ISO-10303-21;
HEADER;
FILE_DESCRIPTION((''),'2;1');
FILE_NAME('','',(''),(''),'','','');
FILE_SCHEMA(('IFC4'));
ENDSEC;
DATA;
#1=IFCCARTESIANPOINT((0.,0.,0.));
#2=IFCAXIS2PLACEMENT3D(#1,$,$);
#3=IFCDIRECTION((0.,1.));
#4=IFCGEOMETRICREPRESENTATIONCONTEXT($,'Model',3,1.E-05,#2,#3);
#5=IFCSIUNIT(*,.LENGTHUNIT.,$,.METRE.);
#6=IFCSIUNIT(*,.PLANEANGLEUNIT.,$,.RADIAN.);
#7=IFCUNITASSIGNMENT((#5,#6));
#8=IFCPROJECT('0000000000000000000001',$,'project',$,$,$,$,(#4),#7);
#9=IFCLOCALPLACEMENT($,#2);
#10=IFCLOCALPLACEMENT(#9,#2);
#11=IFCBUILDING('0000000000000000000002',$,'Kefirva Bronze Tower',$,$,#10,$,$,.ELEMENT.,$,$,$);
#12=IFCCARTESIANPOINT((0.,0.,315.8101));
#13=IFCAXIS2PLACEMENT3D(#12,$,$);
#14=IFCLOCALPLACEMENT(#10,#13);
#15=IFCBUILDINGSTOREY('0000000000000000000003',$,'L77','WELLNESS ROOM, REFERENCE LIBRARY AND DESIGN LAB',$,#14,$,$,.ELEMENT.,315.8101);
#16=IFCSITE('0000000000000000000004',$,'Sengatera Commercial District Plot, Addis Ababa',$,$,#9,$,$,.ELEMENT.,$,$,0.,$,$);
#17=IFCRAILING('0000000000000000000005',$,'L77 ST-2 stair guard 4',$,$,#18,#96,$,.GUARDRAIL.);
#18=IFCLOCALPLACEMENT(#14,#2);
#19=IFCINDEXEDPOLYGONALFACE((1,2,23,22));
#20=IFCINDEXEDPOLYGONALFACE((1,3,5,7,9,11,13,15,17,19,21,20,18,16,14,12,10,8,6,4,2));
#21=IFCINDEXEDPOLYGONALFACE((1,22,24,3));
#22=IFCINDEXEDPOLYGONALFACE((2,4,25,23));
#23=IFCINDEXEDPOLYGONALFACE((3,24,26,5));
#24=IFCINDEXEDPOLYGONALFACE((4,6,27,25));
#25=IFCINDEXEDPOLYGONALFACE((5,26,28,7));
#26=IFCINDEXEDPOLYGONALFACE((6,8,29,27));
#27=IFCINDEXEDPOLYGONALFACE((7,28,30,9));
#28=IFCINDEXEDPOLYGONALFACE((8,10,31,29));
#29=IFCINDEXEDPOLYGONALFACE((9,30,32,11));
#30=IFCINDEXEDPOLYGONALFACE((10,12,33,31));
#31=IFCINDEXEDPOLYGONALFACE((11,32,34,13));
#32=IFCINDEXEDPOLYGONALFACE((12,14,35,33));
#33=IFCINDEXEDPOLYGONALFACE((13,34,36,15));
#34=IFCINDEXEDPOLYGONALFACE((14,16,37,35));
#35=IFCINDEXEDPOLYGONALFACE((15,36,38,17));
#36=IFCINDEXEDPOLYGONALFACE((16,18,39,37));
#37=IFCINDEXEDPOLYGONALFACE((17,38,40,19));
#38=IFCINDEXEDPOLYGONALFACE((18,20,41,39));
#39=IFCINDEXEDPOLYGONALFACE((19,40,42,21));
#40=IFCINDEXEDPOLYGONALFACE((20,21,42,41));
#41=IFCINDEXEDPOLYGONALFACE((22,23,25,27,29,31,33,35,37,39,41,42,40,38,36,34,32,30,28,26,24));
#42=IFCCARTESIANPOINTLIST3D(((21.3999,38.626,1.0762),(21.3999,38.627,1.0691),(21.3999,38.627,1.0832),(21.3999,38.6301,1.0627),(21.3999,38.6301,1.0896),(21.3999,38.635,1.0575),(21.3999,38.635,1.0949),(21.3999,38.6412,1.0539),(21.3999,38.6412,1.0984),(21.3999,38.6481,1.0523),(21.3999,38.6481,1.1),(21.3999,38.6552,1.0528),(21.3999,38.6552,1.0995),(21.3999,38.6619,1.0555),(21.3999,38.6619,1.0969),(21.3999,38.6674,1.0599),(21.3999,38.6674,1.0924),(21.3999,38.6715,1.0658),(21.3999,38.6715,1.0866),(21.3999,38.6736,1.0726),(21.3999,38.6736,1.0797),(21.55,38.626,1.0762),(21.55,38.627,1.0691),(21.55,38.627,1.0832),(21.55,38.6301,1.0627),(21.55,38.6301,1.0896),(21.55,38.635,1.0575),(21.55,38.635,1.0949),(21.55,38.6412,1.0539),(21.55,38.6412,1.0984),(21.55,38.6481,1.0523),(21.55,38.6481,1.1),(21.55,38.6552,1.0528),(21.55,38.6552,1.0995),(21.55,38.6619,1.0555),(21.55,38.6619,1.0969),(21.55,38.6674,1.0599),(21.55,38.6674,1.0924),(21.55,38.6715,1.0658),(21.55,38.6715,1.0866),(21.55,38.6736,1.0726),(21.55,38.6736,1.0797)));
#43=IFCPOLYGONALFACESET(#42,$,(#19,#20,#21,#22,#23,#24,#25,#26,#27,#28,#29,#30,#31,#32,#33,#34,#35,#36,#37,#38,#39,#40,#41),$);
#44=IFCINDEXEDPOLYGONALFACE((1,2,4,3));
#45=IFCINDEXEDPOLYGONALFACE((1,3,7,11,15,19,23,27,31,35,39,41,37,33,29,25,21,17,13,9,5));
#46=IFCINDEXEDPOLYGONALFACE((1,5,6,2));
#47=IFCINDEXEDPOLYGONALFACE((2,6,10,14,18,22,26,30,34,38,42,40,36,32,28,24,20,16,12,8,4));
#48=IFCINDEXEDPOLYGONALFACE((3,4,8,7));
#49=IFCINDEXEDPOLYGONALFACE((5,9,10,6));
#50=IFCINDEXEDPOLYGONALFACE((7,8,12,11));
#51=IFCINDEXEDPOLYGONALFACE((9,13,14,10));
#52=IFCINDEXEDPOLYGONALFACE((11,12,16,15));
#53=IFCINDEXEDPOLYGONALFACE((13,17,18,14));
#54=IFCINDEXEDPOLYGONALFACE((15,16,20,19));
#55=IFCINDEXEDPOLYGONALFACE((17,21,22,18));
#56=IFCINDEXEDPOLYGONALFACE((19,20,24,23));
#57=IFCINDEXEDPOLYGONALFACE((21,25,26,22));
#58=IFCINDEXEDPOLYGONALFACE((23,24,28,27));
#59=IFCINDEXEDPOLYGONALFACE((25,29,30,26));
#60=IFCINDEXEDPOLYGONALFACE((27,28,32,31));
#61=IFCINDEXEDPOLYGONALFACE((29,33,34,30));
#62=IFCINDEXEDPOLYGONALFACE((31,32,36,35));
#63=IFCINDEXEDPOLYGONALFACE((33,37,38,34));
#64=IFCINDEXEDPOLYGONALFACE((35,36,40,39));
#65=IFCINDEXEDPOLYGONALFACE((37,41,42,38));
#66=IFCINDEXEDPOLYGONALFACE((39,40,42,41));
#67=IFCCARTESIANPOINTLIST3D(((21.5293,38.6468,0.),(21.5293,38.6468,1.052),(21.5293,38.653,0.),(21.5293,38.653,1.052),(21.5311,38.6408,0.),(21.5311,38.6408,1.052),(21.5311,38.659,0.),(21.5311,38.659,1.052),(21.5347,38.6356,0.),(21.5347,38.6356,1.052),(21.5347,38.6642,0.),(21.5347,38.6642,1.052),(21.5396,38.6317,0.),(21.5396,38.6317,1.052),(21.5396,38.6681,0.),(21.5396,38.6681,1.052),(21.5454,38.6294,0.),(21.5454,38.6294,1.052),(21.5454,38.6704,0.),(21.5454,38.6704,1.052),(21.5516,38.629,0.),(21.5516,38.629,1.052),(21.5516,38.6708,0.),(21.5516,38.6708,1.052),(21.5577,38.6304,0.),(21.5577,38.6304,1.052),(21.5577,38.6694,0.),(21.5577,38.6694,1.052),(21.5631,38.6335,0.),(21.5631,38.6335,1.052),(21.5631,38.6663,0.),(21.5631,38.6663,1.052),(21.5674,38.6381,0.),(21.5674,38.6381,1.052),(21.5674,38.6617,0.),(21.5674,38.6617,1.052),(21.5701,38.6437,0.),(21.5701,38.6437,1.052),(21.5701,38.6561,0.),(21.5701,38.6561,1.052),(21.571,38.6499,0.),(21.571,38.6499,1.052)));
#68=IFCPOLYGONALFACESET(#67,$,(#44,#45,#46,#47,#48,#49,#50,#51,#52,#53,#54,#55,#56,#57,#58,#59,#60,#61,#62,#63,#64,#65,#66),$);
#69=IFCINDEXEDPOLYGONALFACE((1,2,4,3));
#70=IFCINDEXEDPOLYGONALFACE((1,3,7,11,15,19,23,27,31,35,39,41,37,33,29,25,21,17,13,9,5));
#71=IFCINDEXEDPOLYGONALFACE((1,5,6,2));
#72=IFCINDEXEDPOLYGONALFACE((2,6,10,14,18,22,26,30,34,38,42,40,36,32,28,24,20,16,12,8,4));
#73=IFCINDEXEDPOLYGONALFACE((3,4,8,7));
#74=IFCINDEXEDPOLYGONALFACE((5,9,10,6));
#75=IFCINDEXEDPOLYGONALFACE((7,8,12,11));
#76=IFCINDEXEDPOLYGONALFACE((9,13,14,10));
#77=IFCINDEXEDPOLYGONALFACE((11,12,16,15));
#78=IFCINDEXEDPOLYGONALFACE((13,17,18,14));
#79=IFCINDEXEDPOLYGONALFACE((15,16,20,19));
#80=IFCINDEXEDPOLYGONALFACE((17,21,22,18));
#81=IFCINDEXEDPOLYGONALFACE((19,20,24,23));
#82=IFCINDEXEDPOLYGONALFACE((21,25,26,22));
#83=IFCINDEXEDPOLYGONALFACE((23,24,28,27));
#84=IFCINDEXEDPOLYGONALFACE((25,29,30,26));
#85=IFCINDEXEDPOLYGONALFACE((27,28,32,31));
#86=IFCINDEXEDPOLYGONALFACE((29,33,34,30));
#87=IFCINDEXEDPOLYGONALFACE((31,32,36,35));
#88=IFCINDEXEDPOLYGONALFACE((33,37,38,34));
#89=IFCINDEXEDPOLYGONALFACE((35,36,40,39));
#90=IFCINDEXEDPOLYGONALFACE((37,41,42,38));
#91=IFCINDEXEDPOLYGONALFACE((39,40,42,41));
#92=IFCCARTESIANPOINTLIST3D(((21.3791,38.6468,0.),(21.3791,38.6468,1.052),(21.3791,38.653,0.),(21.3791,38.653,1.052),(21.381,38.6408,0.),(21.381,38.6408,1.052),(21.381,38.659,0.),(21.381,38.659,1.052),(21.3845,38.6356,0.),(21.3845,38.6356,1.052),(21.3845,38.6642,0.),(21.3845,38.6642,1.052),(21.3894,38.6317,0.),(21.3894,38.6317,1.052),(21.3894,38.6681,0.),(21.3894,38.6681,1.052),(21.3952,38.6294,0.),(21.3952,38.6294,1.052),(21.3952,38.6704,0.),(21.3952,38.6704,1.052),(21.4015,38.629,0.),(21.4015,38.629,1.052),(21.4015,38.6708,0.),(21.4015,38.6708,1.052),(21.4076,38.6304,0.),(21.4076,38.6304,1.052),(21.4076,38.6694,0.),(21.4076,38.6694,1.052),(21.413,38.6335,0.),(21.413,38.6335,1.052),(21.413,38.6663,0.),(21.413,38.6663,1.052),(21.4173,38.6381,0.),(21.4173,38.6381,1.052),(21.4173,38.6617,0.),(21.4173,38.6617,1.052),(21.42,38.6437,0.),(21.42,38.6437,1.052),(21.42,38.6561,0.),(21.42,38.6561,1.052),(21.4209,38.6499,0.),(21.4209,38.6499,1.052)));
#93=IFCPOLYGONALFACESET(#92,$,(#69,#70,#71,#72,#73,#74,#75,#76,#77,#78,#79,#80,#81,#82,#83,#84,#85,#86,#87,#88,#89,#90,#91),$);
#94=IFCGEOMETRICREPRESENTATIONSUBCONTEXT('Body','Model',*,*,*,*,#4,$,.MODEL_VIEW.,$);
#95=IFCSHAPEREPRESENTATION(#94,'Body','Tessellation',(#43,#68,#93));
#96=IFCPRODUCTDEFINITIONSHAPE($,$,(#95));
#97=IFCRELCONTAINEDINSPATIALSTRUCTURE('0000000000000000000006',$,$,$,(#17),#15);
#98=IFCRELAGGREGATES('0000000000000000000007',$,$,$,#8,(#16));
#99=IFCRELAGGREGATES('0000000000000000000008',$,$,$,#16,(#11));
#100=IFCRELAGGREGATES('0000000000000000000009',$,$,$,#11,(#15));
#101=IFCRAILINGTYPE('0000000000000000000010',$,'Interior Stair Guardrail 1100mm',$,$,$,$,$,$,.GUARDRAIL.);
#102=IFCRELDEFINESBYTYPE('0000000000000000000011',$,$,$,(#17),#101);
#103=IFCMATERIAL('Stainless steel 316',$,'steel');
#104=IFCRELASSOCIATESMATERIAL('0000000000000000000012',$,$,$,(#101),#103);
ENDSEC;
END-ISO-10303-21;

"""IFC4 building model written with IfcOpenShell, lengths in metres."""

from ifc_helpers import new_model, si_unit, direction, frame, origin, origin_2d, place, context, subcontext, project, spatial, circle, extrude, material, type_object, element, save


model = new_model("IFC4")

# Units and contexts
model_context = context("Model", 3, precision=1e-05, world=origin(), true_north=direction((0.0, 1.0)))
body_context = subcontext(model_context, "Body", "Model", "MODEL_VIEW")
ifc_project = project(units=[si_unit("LENGTHUNIT", "METRE"), si_unit("PLANEANGLEUNIT", "RADIAN")], contexts=[model_context])

# Site, building, storey
site_placement = place(None, origin())
site = spatial("IfcSite", under=ifc_project, at=site_placement, Name="Sengatera Commercial District Plot, Addis Ababa", CompositionType="ELEMENT", RefElevation=0.0)
building_placement = place(site_placement, origin())
building = spatial("IfcBuilding", under=site, at=building_placement, Name="Kefirva Bronze Tower", CompositionType="ELEMENT")
storey_placement = place(building_placement, frame((0.0, 0.0, 315.8101)))
storey = spatial("IfcBuildingStorey", under=building, at=storey_placement, Name="L77", Description="WELLNESS ROOM, REFERENCE LIBRARY AND DESIGN LAB", CompositionType="ELEMENT", Elevation=315.8101)

# Shared definitions
ifc_material_1 = material(Name="Stainless steel 316", Category="steel")

# Railing
railing_type_1 = type_object("IfcRailingType", Name="Interior Stair Guardrail 1100mm", PredefinedType="GUARDRAIL", material=ifc_material_1)
railing_1_placement = place(storey_placement, frame((21.55, 38.6499, 0.0)))
element("IfcRailing", 1, at=railing_1_placement, inside=storey, type_object=railing_type_1, Name="L77 ST-2 stair guard 4", PredefinedType="GUARDRAIL", context=body_context, shape_type="SweptSolid", body=[
    extrude(circle(Radius=0.0239, at=origin_2d()), frame((0.0, 0.0, 1.0762), z_axis=(-1.0, 0.0, 0.0), x_axis=(0.0, -1.0, 0.0)), (0.0, 0.0, 1.0), 0.1501),
    extrude(circle(Radius=0.021, at=origin_2d()), origin(), (0.0, 0.0, 1.0), 1.052),
    extrude(circle(Radius=0.021, at=origin_2d()), frame((-0.1501, 0.0, 0.0)), (0.0, 0.0, 1.0), 1.052),
])

save(model, "model.ifc")
